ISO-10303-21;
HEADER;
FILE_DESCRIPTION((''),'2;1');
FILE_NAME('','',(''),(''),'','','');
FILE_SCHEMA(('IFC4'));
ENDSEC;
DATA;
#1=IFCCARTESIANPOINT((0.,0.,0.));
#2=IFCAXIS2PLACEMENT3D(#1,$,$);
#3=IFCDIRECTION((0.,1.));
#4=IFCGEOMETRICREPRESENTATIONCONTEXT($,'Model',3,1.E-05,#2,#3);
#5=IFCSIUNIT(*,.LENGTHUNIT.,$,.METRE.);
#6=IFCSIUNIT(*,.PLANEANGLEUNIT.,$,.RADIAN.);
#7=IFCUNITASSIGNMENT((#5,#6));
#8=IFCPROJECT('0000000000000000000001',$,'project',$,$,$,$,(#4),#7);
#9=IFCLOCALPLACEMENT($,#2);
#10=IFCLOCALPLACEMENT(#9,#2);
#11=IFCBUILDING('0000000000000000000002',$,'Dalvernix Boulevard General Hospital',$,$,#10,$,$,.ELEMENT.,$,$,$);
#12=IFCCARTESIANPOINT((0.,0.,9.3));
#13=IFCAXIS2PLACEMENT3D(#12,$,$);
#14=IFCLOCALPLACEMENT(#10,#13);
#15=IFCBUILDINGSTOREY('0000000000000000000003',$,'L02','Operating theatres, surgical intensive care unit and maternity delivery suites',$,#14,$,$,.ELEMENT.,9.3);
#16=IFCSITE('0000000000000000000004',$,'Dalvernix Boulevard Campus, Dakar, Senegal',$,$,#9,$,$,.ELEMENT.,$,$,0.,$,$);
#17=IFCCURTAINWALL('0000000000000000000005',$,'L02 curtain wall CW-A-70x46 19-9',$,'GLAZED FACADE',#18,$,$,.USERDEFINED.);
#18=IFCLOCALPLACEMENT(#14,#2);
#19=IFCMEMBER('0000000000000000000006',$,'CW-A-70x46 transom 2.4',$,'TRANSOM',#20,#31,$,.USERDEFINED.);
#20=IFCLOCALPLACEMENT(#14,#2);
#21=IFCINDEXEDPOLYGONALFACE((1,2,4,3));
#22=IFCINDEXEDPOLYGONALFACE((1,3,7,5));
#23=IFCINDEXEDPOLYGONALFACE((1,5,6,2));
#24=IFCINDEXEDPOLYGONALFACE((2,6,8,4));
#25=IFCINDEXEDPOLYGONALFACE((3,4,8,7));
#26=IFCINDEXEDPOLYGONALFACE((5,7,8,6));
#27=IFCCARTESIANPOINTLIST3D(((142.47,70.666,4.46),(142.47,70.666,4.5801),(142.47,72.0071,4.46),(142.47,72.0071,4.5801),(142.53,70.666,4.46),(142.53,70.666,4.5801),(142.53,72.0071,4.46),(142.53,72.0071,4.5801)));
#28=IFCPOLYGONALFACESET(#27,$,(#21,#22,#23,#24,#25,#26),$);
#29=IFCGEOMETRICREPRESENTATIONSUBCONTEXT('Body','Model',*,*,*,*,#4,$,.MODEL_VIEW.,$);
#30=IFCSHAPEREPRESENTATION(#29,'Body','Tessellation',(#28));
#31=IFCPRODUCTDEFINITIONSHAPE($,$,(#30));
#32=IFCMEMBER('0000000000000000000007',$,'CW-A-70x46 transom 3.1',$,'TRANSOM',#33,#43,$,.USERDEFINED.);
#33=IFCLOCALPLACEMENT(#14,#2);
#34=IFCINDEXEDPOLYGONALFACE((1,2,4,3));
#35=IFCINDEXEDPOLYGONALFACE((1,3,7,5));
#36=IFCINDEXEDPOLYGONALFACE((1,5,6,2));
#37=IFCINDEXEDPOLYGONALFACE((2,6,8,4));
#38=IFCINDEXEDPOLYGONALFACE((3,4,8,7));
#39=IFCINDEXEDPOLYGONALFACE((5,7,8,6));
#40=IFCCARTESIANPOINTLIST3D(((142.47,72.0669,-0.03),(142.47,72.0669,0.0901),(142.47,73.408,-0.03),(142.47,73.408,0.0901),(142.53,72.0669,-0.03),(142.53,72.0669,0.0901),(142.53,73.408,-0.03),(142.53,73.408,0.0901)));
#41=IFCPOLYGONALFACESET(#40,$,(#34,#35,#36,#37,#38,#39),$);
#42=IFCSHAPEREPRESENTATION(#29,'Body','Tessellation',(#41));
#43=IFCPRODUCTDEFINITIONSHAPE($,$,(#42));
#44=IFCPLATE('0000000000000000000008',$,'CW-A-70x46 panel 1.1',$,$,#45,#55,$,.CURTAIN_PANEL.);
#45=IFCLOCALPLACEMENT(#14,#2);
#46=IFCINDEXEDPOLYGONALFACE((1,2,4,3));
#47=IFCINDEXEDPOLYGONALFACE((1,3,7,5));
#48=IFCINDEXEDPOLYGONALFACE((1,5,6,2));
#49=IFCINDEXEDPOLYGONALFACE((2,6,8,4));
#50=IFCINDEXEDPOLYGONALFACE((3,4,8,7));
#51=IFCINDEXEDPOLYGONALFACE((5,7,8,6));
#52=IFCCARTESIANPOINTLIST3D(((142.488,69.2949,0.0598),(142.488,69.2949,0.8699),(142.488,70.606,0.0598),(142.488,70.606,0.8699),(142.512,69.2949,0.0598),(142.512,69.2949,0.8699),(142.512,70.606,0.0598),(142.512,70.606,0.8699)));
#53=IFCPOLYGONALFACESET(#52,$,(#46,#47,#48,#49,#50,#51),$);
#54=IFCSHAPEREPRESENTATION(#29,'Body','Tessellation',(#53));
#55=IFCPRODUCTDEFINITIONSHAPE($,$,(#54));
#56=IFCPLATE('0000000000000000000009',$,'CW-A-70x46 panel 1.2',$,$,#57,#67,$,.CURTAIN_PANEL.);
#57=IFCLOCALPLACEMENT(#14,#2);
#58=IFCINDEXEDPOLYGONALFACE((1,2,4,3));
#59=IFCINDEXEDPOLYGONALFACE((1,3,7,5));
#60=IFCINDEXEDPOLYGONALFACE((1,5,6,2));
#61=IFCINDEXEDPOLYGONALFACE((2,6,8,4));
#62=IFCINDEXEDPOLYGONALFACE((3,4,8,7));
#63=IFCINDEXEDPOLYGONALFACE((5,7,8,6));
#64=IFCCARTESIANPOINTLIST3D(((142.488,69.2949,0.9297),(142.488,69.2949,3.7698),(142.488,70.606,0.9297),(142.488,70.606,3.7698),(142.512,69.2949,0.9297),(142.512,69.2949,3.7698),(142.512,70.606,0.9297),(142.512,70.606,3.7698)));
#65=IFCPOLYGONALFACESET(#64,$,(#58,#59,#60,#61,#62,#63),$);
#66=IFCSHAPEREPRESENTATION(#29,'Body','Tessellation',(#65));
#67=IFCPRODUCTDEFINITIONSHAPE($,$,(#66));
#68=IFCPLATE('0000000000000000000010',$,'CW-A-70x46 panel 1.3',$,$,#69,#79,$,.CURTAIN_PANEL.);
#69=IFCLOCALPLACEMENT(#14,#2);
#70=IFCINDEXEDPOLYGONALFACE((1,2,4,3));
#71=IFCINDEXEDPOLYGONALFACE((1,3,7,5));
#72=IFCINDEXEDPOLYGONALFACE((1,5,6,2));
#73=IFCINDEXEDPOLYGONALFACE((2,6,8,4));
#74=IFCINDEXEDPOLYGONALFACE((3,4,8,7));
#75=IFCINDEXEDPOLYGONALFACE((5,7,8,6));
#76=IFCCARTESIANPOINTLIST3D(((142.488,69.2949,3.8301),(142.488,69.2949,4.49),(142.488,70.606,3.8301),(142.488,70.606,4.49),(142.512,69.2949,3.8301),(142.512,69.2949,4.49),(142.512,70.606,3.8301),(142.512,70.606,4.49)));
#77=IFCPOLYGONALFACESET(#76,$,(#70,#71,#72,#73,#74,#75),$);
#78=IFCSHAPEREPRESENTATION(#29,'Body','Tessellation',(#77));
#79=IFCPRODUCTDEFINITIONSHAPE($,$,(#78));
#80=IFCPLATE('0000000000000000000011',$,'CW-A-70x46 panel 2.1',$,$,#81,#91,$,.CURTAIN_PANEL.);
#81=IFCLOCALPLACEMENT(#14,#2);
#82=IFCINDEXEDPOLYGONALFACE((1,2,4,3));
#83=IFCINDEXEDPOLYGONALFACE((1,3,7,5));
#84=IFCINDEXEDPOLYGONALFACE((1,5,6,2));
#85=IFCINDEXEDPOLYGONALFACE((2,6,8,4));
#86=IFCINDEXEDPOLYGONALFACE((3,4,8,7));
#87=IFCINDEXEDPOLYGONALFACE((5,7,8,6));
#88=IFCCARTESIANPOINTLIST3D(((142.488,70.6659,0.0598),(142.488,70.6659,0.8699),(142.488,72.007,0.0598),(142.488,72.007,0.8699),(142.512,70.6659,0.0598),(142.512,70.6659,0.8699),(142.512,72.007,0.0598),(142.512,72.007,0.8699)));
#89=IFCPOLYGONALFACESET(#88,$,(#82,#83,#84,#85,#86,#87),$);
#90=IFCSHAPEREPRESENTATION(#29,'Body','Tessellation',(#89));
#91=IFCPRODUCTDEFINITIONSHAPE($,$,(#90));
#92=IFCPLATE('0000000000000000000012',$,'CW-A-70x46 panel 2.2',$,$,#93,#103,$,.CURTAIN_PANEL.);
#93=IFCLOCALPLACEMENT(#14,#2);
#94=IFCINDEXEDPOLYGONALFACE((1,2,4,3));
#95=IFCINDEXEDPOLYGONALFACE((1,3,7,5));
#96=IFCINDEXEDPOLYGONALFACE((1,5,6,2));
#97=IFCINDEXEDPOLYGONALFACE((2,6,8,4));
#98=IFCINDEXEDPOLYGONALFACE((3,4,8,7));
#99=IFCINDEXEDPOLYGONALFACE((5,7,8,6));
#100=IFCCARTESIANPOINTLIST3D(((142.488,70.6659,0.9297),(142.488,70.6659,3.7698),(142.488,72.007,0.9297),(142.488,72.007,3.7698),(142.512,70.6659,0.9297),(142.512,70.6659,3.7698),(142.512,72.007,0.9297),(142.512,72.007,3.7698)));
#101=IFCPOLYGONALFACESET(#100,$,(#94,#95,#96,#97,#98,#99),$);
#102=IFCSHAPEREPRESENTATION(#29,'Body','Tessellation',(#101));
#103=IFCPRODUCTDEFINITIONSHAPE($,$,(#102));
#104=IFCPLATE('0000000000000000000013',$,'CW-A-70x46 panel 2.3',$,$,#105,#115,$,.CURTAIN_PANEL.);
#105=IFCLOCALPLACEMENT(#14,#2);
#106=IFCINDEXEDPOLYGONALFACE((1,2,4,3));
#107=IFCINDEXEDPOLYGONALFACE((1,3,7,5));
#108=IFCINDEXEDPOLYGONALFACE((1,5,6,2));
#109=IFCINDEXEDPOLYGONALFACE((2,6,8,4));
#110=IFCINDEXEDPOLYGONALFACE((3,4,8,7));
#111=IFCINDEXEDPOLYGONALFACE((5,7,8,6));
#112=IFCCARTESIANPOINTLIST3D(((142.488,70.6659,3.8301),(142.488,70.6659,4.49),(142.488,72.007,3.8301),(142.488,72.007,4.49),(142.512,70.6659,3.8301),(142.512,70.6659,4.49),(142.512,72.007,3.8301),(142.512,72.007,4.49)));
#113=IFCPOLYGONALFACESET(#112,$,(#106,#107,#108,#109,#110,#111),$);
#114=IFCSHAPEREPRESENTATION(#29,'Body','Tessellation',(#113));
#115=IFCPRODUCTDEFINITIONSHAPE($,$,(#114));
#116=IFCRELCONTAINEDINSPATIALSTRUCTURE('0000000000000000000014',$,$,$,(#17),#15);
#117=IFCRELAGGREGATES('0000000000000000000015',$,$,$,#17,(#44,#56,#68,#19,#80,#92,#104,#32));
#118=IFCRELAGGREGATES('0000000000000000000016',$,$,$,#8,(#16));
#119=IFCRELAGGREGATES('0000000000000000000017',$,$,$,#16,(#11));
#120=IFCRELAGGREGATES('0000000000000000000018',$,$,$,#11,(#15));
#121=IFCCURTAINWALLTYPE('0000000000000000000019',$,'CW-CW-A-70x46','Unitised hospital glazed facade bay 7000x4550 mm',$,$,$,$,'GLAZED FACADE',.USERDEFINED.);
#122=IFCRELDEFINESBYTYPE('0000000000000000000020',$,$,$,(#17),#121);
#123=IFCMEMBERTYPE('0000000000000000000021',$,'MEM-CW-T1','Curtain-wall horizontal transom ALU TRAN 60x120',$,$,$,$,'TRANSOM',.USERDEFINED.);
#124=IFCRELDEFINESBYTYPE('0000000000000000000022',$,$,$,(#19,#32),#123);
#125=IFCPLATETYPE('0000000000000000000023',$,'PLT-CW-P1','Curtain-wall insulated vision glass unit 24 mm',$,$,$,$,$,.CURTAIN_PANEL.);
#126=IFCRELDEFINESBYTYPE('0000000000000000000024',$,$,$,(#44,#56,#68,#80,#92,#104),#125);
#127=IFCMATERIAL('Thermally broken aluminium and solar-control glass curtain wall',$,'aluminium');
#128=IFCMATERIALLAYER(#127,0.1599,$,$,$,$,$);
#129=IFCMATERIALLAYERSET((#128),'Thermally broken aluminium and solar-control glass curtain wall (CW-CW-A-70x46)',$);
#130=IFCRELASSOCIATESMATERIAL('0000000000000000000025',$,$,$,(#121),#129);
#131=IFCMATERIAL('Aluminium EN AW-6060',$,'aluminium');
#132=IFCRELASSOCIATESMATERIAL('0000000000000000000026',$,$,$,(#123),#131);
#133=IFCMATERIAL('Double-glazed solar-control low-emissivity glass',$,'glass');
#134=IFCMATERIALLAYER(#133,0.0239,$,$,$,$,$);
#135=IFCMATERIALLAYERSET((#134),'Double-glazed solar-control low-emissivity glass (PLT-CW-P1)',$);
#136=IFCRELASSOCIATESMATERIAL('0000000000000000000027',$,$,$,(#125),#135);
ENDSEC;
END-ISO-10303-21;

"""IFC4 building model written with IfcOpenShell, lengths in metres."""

from ifc_helpers import new_model, si_unit, direction, frame, origin, origin_2d, place, context, subcontext, project, spatial, rectangle, extrude, material, layer, layer_set, material_profile, profile_set, type_object, element, aggregate, save


model = new_model("IFC4")

# Units and contexts
model_context = context("Model", 3, precision=1e-05, world=origin(), true_north=direction((0.0, 1.0)))
body_context = subcontext(model_context, "Body", "Model", "MODEL_VIEW")
ifc_project = project(units=[si_unit("LENGTHUNIT", "METRE"), si_unit("PLANEANGLEUNIT", "RADIAN")], contexts=[model_context])

# Site, building, storey
site_placement = place(None, origin())
site = spatial("IfcSite", under=ifc_project, at=site_placement, Name="Dalvernix Boulevard Campus, Dakar, Senegal", CompositionType="ELEMENT", RefElevation=0.0)
building_placement = place(site_placement, origin())
building = spatial("IfcBuilding", under=site, at=building_placement, Name="Dalvernix Boulevard General Hospital", CompositionType="ELEMENT")
storey_placement = place(building_placement, frame((0.0, 0.0, 9.3)))
storey = spatial("IfcBuildingStorey", under=building, at=storey_placement, Name="L02", Description="Operating theatres, surgical intensive care unit and maternity delivery suites", CompositionType="ELEMENT", Elevation=9.3)

# Curtain wall, members, plates
ifc_material_1 = material(Name="Thermally broken aluminium and solar-control glass curtain wall", Category="aluminium")
ifc_layer_1 = layer(ifc_material_1, 0.1599)
ifc_layer_set_1 = layer_set([ifc_layer_1], Name="Thermally broken aluminium and solar-control glass curtain wall (CW-CW-A-70x46)")
curtain_wall_type = type_object("IfcCurtainWallType", Name="CW-CW-A-70x46", Description="Unitised hospital glazed facade bay 7000x4550 mm", ElementType="GLAZED FACADE", PredefinedType="USERDEFINED", material=ifc_layer_set_1)
curtain_wall_placement = place(storey_placement, origin())
curtain_wall = element("IfcCurtainWall", 1, at=curtain_wall_placement, inside=storey, type_object=curtain_wall_type, Name="L02 curtain wall CW-A-70x46 19-9", ObjectType="GLAZED FACADE", PredefinedType="USERDEFINED")
ifc_material_2 = material(Name="Aluminium EN AW-6060", Category="aluminium")
ifc_material_profile_1 = material_profile(ifc_material_2, rectangle(XDim=0.0601, YDim=0.1201, at=origin_2d()), Name="ALU TRAN 60x120")
ifc_profile_set_1 = profile_set([ifc_material_profile_1], Name="Aluminium EN AW-6060")
member_type_1 = type_object("IfcMemberType", Name="MEM-CW-T1", Description="Curtain-wall horizontal transom ALU TRAN 60x120", ElementType="TRANSOM", PredefinedType="USERDEFINED", material=ifc_profile_set_1)
member_1_placement = place(storey_placement, frame((142.5, 70.666, 4.52), z_axis=(0.0, 1.0, 0.0), x_axis=(-1.0, 0.0, 0.0)))
member_1 = element("IfcMember", 2, at=member_1_placement, type_object=member_type_1, Name="CW-A-70x46 transom 2.4", ObjectType="TRANSOM", PredefinedType="USERDEFINED", context=body_context, shape_type="SweptSolid", body=[
    extrude(rectangle(XDim=0.0601, YDim=0.1201, at=origin_2d()), origin(), (0.0, 0.0, 1.0), 1.3411),
])
member_2_placement = place(storey_placement, frame((142.5, 72.0669, 0.03), z_axis=(0.0, 1.0, 0.0), x_axis=(-1.0, 0.0, 0.0)))
member_2 = element("IfcMember", 3, at=member_2_placement, type_object=member_type_1, Name="CW-A-70x46 transom 3.1", ObjectType="TRANSOM", PredefinedType="USERDEFINED", context=body_context, shape_type="SweptSolid", body=[
    extrude(rectangle(XDim=0.0601, YDim=0.1201, at=origin_2d()), origin(), (0.0, 0.0, 1.0), 1.3411),
])
ifc_material_3 = material(Name="Double-glazed solar-control low-emissivity glass", Category="glass")
ifc_layer_2 = layer(ifc_material_3, 0.0239)
ifc_layer_set_2 = layer_set([ifc_layer_2], Name="Double-glazed solar-control low-emissivity glass (PLT-CW-P1)")
plate_type = type_object("IfcPlateType", Name="PLT-CW-P1", Description="Curtain-wall insulated vision glass unit 24 mm", PredefinedType="CURTAIN_PANEL", material=ifc_layer_set_2)
plate_1_placement = place(storey_placement, frame((142.5, 69.9504, 0.0598), z_axis=(0.0, 0.0, 1.0), x_axis=(0.0, 1.0, 0.0)))
plate_1 = element("IfcPlate", 4, at=plate_1_placement, type_object=plate_type, Name="CW-A-70x46 panel 1.1", PredefinedType="CURTAIN_PANEL", context=body_context, shape_type="SweptSolid", body=[
    extrude(rectangle(XDim=1.311, YDim=0.0239, at=origin_2d()), origin(), (0.0, 0.0, 1.0), 0.8101),
])
plate_2_placement = place(storey_placement, frame((142.5, 69.9504, 0.9297), z_axis=(0.0, 0.0, 1.0), x_axis=(0.0, 1.0, 0.0)))
plate_2 = element("IfcPlate", 5, at=plate_2_placement, type_object=plate_type, Name="CW-A-70x46 panel 1.2", PredefinedType="CURTAIN_PANEL", context=body_context, shape_type="SweptSolid", body=[
    extrude(rectangle(XDim=1.311, YDim=0.0239, at=origin_2d()), origin(), (0.0, 0.0, 1.0), 2.8401),
])
plate_3_placement = place(storey_placement, frame((142.5, 69.9504, 3.8301), z_axis=(0.0, 0.0, 1.0), x_axis=(0.0, 1.0, 0.0)))
plate_3 = element("IfcPlate", 6, at=plate_3_placement, type_object=plate_type, Name="CW-A-70x46 panel 1.3", PredefinedType="CURTAIN_PANEL", context=body_context, shape_type="SweptSolid", body=[
    extrude(rectangle(XDim=1.311, YDim=0.0239, at=origin_2d()), origin(), (0.0, 0.0, 1.0), 0.6599),
])
plate_4_placement = place(storey_placement, frame((142.5, 71.3364, 0.0598), z_axis=(0.0, 0.0, 1.0), x_axis=(0.0, 1.0, 0.0)))
plate_4 = element("IfcPlate", 7, at=plate_4_placement, type_object=plate_type, Name="CW-A-70x46 panel 2.1", PredefinedType="CURTAIN_PANEL", context=body_context, shape_type="SweptSolid", body=[
    extrude(rectangle(XDim=1.3411, YDim=0.0239, at=origin_2d()), origin(), (0.0, 0.0, 1.0), 0.8101),
])
plate_5_placement = place(storey_placement, frame((142.5, 71.3364, 0.9297), z_axis=(0.0, 0.0, 1.0), x_axis=(0.0, 1.0, 0.0)))
plate_5 = element("IfcPlate", 8, at=plate_5_placement, type_object=plate_type, Name="CW-A-70x46 panel 2.2", PredefinedType="CURTAIN_PANEL", context=body_context, shape_type="SweptSolid", body=[
    extrude(rectangle(XDim=1.3411, YDim=0.0239, at=origin_2d()), origin(), (0.0, 0.0, 1.0), 2.8401),
])
plate_6_placement = place(storey_placement, frame((142.5, 71.3364, 3.8301), z_axis=(0.0, 0.0, 1.0), x_axis=(0.0, 1.0, 0.0)))
plate_6 = element("IfcPlate", 9, at=plate_6_placement, type_object=plate_type, Name="CW-A-70x46 panel 2.3", PredefinedType="CURTAIN_PANEL", context=body_context, shape_type="SweptSolid", body=[
    extrude(rectangle(XDim=1.3411, YDim=0.0239, at=origin_2d()), origin(), (0.0, 0.0, 1.0), 0.6599),
])
aggregate(curtain_wall, [plate_1, plate_2, plate_3, member_1, plate_4, plate_5, plate_6, member_2])

save(model, "model.ifc")
